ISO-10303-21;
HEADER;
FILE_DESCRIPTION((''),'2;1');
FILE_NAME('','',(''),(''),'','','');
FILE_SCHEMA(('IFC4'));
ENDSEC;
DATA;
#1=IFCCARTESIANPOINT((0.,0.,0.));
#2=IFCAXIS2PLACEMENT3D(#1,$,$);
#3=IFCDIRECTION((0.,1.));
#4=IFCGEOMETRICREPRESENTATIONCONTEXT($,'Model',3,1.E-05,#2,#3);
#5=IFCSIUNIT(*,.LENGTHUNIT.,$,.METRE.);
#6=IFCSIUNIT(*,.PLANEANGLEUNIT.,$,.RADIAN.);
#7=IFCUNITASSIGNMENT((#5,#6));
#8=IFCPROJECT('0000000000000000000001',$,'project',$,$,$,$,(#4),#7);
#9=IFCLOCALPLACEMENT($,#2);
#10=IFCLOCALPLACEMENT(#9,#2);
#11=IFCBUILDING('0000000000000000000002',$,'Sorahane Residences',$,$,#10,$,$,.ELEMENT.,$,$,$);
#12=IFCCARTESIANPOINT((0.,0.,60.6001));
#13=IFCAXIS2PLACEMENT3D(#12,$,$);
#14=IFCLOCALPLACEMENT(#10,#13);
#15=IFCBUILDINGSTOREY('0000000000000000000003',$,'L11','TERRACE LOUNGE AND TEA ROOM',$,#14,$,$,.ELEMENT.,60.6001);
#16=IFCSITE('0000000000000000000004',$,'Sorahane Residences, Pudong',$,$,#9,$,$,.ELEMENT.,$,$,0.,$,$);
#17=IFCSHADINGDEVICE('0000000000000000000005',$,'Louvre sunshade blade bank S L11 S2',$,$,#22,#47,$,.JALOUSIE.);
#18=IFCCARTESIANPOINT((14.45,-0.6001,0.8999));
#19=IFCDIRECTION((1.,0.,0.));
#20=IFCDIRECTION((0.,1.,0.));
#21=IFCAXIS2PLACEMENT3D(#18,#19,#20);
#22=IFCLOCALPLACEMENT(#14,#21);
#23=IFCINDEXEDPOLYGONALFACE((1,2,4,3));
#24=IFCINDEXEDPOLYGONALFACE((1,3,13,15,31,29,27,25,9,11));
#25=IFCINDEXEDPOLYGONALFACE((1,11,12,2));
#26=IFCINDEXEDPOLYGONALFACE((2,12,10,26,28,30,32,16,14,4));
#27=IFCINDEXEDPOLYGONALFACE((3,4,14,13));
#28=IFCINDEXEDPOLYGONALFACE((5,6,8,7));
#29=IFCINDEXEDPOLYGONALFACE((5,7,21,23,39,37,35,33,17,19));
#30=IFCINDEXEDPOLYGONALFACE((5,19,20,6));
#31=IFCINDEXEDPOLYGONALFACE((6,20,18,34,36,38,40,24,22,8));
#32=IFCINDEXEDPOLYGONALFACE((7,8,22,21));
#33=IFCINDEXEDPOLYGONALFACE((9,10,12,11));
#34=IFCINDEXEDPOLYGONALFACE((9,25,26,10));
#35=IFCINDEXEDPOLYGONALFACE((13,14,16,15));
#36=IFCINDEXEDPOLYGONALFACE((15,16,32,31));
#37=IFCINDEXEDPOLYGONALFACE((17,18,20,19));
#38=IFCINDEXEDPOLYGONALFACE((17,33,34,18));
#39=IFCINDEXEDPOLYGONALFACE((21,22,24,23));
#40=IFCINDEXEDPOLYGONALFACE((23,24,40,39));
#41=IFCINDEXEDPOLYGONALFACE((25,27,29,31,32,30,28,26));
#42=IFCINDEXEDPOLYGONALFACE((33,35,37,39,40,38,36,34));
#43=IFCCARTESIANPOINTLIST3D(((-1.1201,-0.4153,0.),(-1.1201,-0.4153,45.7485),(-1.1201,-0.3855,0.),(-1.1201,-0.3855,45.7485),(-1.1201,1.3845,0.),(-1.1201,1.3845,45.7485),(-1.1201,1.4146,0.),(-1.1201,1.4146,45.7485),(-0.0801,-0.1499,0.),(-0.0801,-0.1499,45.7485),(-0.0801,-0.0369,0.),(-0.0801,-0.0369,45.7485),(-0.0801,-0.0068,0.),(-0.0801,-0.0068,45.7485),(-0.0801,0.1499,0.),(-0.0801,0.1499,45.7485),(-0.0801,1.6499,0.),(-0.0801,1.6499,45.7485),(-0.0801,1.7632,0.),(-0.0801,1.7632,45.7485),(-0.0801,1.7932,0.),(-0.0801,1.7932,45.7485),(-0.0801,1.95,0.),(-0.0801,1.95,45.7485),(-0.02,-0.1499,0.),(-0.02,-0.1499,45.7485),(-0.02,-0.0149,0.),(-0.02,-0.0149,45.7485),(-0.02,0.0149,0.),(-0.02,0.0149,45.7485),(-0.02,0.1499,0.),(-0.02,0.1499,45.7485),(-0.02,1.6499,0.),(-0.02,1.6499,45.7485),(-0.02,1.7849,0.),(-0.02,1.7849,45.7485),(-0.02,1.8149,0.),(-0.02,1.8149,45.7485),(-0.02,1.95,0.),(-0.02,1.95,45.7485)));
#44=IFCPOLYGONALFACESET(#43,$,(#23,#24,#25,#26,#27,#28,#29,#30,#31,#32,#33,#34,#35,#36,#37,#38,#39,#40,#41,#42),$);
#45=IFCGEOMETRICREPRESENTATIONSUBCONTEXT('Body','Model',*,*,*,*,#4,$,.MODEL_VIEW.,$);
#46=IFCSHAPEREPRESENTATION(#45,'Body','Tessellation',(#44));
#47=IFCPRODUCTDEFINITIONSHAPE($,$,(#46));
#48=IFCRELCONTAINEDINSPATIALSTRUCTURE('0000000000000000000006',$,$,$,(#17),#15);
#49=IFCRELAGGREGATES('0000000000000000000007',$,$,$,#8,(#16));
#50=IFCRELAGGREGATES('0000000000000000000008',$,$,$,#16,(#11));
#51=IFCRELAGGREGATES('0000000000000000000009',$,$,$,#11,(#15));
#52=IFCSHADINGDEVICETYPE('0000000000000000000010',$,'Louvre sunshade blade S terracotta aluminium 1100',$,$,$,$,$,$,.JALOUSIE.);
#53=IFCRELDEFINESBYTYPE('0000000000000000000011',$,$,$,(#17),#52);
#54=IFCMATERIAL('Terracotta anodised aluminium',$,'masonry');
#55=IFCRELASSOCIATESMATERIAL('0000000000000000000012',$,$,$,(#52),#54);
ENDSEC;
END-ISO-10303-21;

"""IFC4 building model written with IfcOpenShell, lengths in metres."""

from ifc_helpers import new_model, si_unit, direction, frame, origin, place, context, subcontext, project, spatial, polyline, outline, composite_profile, extrude, material, type_object, element, save


model = new_model("IFC4")

# Units and contexts
model_context = context("Model", 3, precision=1e-05, world=origin(), true_north=direction((0.0, 1.0)))
body_context = subcontext(model_context, "Body", "Model", "MODEL_VIEW")
ifc_project = project(units=[si_unit("LENGTHUNIT", "METRE"), si_unit("PLANEANGLEUNIT", "RADIAN")], contexts=[model_context])

# Site, building, storey
site_placement = place(None, origin())
site = spatial("IfcSite", under=ifc_project, at=site_placement, Name="Sorahane Residences, Pudong", CompositionType="ELEMENT", RefElevation=0.0)
building_placement = place(site_placement, origin())
building = spatial("IfcBuilding", under=site, at=building_placement, Name="Sorahane Residences", CompositionType="ELEMENT")
storey_placement = place(building_placement, frame((0.0, 0.0, 60.6001)))
storey = spatial("IfcBuildingStorey", under=building, at=storey_placement, Name="L11", Description="TERRACE LOUNGE AND TEA ROOM", CompositionType="ELEMENT", Elevation=60.6001)

# Shading device
ifc_material_1 = material(Name="Terracotta anodised aluminium", Category="masonry")
shading_device_type = type_object("IfcShadingDeviceType", Name="Louvre sunshade blade S terracotta aluminium 1100", PredefinedType="JALOUSIE", material=ifc_material_1)
shading_device_placement = place(storey_placement, frame((14.45, -0.6001, 0.8999), z_axis=(1.0, 0.0, 0.0), x_axis=(0.0, 1.0, 0.0)))
element("IfcShadingDevice", 1, at=shading_device_placement, inside=storey, type_object=shading_device_type, Name="Louvre sunshade blade bank S L11 S2", PredefinedType="JALOUSIE", context=body_context, shape_type="SweptSolid", body=[
    extrude(composite_profile([outline(polyline([(-1.1201, -0.3855), (-1.1201, -0.4153), (-0.0801, -0.0369), (-0.0801, -0.1499), (-0.02, -0.1499), (-0.02, -0.0149), (-0.02, 0.0149), (-0.02, 0.1499), (-0.0801, 0.1499), (-0.0801, -0.0068), (-1.1201, -0.3855)])), outline(polyline([(-1.1201, 1.4146), (-1.1201, 1.3845), (-0.0801, 1.7632), (-0.0801, 1.6499), (-0.02, 1.6499), (-0.02, 1.7849), (-0.02, 1.8149), (-0.02, 1.95), (-0.0801, 1.95), (-0.0801, 1.7932), (-1.1201, 1.4146)]))]), origin(), (0.0, 0.0, 1.0), 45.7485),
])

save(model, "model.ifc")
